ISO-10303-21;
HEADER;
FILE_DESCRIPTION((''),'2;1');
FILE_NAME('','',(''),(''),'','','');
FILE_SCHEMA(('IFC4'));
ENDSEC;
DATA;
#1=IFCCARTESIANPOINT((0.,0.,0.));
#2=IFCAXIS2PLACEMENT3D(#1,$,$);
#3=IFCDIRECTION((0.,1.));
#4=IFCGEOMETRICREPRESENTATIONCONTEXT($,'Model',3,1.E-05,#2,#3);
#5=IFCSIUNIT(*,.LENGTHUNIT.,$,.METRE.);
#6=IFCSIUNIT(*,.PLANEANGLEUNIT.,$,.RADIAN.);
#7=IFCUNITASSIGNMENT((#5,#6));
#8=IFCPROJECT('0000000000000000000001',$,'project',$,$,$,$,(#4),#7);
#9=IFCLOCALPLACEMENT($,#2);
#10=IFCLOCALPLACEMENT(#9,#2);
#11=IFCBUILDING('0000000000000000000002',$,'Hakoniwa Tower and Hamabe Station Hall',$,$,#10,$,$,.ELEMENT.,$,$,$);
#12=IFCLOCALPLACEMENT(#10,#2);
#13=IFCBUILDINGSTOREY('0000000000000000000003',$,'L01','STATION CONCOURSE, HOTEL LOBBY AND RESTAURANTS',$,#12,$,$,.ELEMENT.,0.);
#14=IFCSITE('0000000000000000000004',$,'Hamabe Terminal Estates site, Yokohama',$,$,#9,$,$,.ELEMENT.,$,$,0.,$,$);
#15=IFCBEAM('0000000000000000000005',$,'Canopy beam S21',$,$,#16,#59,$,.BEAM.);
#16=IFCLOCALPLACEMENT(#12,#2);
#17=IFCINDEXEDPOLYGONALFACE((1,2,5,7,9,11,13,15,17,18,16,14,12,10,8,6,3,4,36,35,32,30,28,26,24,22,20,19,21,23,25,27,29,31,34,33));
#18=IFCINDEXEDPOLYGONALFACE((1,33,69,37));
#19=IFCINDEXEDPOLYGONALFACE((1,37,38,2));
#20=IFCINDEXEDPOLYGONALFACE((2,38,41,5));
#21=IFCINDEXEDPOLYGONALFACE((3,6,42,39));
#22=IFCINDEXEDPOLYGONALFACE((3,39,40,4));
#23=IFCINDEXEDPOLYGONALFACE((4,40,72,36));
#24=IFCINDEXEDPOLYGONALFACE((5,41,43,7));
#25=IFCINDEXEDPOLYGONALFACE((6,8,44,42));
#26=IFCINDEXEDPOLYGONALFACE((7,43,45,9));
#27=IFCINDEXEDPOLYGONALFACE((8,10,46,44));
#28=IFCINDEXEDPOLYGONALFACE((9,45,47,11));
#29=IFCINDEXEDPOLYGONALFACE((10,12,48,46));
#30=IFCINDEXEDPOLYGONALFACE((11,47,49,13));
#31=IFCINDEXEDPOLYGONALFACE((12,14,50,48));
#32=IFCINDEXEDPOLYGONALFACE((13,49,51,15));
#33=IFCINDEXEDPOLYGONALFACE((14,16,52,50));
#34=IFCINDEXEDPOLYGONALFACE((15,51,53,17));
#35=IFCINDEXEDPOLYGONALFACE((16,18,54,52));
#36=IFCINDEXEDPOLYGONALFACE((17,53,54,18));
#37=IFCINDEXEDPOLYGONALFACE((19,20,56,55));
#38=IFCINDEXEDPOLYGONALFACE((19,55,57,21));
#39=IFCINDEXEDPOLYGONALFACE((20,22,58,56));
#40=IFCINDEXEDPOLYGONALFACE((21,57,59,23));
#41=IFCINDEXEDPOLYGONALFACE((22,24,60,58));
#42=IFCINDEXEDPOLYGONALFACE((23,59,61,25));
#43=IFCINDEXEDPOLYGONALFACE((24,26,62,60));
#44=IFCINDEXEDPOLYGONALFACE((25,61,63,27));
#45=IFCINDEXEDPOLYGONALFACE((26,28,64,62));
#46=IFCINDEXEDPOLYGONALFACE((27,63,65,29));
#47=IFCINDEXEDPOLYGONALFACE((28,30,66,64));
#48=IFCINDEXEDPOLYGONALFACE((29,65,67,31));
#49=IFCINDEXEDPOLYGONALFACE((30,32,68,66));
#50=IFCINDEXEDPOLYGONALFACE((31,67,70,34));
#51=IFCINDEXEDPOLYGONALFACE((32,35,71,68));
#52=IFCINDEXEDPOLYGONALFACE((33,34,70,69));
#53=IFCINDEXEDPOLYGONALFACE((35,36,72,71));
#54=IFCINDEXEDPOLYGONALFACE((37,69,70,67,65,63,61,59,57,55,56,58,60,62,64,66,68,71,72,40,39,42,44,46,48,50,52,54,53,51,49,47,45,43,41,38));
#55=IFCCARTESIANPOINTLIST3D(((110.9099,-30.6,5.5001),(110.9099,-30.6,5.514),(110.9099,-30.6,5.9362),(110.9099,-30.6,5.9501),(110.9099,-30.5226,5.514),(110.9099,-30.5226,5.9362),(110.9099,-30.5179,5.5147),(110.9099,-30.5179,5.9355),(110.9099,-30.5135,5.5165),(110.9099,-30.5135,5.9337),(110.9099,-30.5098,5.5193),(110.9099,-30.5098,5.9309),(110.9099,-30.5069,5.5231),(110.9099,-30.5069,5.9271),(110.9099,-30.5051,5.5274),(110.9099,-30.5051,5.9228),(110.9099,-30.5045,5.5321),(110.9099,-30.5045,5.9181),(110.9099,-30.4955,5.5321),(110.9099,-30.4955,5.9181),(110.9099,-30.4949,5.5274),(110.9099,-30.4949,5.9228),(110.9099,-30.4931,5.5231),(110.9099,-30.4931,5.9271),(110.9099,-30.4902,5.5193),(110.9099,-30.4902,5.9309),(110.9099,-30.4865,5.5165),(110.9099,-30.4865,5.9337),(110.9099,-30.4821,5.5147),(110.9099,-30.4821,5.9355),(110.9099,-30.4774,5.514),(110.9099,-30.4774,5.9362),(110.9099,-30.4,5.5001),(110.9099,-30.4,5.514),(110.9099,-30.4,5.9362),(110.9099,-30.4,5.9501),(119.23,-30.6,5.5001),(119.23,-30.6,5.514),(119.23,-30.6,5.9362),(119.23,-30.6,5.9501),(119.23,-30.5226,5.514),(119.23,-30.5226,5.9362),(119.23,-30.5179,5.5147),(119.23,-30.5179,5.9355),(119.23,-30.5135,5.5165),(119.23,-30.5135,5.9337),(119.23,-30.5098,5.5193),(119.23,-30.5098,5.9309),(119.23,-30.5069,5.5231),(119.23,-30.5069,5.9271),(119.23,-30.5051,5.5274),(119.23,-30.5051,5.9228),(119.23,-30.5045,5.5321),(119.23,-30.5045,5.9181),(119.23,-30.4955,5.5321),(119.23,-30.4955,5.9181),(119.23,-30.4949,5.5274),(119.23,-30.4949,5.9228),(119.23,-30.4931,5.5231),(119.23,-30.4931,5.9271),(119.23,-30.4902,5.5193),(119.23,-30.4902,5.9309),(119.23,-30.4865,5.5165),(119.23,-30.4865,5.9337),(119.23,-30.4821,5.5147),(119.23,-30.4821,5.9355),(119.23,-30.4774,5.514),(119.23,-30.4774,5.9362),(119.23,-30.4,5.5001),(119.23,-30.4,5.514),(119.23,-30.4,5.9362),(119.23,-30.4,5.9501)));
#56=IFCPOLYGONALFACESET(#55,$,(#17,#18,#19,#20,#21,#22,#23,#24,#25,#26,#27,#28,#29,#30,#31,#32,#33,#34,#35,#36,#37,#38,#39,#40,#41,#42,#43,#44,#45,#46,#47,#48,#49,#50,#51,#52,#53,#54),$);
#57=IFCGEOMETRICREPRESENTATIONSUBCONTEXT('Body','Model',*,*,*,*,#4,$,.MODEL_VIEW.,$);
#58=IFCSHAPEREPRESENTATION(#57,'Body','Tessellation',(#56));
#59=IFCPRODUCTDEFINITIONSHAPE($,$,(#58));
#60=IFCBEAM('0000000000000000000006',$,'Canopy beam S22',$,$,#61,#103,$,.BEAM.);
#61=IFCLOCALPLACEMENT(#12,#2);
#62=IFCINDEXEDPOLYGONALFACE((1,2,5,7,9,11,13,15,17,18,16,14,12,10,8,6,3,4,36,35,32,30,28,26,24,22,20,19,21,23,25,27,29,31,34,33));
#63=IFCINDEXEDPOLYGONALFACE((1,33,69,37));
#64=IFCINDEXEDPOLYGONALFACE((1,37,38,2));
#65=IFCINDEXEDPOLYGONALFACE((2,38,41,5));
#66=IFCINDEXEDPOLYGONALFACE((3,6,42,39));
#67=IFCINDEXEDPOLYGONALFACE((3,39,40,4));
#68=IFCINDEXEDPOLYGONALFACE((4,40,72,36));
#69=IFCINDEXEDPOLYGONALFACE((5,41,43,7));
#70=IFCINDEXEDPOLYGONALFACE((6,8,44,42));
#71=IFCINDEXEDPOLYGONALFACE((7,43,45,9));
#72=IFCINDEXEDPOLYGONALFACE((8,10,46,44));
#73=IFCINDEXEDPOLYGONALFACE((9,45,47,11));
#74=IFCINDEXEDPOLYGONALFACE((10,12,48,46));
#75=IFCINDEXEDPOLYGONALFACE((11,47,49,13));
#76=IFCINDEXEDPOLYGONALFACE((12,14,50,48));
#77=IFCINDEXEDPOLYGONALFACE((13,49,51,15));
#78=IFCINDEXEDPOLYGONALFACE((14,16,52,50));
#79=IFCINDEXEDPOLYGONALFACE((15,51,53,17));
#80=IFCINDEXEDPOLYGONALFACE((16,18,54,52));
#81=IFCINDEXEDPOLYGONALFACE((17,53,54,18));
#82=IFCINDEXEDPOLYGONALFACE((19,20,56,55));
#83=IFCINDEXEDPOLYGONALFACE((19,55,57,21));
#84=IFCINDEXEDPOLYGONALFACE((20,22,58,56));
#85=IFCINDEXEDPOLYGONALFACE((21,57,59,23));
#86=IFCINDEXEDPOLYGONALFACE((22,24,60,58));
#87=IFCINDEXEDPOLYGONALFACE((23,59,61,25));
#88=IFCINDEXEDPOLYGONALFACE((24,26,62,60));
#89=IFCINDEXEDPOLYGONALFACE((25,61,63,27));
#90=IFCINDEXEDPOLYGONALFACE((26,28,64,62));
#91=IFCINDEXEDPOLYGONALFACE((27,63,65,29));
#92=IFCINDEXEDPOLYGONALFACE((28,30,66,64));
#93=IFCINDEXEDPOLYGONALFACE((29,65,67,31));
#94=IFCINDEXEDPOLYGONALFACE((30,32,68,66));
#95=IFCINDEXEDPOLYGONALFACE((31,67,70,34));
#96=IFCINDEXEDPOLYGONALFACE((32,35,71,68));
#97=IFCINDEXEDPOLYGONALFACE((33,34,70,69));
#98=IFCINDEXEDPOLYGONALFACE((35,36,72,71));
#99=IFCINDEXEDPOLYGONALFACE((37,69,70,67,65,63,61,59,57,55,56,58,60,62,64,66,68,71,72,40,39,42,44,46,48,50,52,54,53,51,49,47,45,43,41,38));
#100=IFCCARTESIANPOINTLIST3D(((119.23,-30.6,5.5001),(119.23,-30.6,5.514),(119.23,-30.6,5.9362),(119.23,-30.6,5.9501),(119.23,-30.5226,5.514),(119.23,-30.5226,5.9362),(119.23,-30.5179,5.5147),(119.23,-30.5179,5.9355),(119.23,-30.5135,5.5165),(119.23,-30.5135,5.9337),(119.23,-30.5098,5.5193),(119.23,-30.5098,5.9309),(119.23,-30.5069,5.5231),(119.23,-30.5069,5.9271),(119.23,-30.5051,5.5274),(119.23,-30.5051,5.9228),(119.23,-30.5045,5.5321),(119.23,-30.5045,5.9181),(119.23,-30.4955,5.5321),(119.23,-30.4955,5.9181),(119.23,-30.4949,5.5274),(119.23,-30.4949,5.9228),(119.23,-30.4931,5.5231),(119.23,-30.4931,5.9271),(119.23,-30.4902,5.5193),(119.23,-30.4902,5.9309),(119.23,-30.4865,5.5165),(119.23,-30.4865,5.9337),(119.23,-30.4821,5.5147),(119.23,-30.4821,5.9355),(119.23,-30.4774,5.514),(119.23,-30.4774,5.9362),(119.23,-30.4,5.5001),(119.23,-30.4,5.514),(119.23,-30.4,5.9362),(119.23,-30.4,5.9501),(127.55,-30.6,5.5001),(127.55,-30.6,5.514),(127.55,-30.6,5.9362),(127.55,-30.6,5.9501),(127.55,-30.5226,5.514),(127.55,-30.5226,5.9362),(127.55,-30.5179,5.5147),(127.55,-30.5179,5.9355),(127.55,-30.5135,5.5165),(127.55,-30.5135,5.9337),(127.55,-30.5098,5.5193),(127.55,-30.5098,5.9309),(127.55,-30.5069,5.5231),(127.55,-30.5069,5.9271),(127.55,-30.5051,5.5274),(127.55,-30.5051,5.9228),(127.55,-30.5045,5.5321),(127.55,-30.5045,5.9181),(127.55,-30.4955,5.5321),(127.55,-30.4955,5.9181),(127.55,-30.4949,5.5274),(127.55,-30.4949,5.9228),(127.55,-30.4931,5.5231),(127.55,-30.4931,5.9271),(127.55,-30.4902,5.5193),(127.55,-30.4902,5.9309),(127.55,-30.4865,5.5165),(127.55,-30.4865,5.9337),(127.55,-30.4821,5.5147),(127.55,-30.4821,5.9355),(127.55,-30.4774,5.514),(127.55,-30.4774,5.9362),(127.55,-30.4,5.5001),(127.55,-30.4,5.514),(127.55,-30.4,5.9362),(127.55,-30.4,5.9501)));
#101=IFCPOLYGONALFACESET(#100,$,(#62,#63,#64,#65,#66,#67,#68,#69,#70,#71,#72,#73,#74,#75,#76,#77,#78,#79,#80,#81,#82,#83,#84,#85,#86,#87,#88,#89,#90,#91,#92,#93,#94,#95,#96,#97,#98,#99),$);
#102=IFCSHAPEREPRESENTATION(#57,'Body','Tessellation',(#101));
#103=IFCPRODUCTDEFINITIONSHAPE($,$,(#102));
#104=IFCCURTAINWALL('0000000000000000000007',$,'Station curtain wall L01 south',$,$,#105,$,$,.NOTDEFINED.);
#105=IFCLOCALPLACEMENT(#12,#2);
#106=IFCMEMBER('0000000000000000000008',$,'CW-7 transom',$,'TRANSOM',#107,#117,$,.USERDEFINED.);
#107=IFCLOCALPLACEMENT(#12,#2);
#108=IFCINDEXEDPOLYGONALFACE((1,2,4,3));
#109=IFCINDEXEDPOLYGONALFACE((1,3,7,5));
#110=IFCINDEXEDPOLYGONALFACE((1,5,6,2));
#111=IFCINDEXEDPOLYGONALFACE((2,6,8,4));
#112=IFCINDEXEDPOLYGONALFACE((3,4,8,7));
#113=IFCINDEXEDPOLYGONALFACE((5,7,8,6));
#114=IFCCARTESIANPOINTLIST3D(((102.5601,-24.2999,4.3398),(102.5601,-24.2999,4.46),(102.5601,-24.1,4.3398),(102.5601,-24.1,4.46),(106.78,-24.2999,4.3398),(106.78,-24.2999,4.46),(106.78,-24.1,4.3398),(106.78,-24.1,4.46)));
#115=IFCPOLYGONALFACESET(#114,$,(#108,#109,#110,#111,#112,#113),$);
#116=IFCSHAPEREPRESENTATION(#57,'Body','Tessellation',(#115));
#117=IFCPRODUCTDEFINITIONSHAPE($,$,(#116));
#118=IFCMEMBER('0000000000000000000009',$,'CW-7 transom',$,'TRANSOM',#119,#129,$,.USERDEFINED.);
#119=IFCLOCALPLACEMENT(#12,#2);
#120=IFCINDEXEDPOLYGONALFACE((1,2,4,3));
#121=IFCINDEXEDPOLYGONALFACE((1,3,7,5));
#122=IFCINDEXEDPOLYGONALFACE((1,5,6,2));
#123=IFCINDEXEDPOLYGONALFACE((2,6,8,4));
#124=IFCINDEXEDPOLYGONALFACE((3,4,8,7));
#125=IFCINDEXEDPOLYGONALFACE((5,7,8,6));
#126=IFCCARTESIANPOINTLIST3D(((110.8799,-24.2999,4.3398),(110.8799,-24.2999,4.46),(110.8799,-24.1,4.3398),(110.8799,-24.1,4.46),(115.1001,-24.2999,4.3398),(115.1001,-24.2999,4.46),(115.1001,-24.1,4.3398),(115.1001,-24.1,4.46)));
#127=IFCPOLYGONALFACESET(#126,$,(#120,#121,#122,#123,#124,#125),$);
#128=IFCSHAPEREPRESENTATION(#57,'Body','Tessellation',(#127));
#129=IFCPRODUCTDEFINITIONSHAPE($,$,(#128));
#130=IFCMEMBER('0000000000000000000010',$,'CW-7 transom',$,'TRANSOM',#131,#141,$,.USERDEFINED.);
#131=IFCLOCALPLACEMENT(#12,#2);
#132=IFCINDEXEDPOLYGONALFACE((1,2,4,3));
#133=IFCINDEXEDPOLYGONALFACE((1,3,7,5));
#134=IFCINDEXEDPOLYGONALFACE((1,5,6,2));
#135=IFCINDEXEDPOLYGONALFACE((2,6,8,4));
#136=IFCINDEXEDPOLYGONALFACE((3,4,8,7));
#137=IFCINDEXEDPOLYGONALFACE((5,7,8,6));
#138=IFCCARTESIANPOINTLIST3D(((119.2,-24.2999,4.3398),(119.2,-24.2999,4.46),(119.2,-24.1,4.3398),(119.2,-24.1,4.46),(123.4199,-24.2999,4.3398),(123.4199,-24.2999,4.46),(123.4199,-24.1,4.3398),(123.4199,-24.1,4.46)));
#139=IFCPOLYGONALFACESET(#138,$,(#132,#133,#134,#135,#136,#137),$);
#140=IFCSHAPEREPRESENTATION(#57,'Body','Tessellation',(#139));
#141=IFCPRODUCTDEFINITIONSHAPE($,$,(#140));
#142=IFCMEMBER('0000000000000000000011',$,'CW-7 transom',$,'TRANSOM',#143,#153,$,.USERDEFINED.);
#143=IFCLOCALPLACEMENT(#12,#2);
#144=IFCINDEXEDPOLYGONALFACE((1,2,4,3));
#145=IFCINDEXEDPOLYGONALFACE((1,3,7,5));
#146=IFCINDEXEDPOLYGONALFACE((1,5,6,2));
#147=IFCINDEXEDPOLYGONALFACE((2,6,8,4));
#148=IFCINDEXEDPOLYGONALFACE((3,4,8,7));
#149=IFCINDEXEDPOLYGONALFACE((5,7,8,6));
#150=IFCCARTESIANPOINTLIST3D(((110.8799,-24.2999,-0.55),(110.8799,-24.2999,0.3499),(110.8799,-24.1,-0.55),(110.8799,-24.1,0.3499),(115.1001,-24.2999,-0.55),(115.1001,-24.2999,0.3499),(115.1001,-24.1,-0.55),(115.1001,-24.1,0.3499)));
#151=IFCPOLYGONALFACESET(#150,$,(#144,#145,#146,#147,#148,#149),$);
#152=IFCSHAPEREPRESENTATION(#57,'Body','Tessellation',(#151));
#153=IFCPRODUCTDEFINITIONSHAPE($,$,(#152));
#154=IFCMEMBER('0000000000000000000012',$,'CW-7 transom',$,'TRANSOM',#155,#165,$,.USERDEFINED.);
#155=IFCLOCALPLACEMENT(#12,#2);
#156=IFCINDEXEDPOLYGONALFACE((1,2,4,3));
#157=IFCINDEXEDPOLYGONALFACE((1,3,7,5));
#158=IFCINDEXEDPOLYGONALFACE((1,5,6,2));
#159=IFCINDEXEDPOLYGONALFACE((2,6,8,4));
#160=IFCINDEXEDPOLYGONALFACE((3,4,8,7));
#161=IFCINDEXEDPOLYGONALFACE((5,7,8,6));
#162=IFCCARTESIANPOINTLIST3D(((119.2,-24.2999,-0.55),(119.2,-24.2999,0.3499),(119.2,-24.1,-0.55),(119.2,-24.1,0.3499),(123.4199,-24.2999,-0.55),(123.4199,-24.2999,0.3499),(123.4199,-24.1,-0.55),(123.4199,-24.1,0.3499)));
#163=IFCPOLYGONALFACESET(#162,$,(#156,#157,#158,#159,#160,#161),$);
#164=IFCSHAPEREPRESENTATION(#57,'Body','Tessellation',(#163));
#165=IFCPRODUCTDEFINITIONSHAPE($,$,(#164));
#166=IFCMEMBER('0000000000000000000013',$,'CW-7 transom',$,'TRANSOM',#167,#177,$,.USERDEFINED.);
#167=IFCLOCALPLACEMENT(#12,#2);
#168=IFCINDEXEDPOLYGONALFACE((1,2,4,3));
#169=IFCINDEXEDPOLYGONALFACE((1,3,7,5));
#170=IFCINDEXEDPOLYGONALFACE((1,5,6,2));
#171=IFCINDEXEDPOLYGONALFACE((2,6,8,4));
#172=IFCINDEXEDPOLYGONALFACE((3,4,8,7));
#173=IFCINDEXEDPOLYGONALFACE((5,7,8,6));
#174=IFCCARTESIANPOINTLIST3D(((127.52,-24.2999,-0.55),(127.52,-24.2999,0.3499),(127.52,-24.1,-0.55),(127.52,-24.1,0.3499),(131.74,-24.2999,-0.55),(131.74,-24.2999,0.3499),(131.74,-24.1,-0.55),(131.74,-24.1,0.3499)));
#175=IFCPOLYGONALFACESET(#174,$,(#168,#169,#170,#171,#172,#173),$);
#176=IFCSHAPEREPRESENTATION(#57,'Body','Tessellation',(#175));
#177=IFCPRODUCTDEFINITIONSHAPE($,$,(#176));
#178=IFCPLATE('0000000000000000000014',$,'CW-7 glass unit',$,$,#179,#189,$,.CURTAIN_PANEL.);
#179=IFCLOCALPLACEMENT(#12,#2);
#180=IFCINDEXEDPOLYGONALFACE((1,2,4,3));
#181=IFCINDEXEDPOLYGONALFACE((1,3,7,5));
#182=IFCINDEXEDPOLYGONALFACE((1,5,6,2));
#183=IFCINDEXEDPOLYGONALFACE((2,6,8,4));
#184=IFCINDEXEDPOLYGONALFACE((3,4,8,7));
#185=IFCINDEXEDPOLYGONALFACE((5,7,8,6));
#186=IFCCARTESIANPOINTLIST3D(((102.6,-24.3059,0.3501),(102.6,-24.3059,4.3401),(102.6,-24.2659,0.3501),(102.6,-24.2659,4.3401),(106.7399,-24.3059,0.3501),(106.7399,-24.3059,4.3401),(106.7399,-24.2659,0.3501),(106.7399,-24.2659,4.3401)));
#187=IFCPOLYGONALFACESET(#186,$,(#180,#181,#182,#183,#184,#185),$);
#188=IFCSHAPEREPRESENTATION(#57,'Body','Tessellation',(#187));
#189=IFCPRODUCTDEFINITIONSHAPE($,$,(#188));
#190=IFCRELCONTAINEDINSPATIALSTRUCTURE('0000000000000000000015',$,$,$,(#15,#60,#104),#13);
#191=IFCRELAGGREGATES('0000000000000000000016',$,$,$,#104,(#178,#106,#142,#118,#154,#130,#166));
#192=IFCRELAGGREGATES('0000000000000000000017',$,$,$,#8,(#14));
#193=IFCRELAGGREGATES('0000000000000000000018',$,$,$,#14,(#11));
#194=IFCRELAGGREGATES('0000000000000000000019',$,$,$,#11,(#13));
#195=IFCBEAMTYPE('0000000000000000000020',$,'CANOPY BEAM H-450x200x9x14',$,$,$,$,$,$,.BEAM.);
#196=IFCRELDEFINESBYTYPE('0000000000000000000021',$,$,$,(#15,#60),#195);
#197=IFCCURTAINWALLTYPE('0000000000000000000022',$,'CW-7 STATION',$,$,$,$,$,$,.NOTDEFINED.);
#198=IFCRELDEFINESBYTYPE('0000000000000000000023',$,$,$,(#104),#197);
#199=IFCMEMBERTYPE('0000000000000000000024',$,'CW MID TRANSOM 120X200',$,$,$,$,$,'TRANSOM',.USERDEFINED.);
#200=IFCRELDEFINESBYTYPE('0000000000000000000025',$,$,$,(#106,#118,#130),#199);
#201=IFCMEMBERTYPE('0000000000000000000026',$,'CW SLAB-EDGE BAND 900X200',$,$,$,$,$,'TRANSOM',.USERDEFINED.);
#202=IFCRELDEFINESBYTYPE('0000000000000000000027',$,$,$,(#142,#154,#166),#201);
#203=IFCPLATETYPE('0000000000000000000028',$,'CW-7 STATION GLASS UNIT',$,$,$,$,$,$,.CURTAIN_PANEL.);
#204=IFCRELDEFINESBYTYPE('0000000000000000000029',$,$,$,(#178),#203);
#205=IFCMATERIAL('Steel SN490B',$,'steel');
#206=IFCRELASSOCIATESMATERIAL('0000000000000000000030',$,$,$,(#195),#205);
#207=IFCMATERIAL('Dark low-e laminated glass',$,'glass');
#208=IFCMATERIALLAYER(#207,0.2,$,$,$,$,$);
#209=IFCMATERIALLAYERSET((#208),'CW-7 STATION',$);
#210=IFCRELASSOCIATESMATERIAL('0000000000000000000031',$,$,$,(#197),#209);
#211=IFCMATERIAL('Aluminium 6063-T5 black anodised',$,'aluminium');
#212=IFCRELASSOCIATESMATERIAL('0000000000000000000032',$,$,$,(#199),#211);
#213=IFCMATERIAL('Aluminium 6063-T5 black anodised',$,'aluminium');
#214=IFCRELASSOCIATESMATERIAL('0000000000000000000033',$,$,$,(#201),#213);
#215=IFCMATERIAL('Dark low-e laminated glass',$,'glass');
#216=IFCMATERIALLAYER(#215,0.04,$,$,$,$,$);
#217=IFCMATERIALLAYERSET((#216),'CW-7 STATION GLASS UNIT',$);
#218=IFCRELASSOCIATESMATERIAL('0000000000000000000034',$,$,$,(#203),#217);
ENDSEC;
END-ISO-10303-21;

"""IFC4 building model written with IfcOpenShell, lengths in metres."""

from ifc_helpers import new_model, si_unit, direction, frame, origin, origin_2d, place, context, subcontext, project, spatial, rectangle, i_section, extrude, material, layer, layer_set, material_profile, profile_set, type_object, element, aggregate, save


model = new_model("IFC4")

# Units and contexts
model_context = context("Model", 3, precision=1e-05, world=origin(), true_north=direction((0.0, 1.0)))
body_context = subcontext(model_context, "Body", "Model", "MODEL_VIEW")
ifc_project = project(units=[si_unit("LENGTHUNIT", "METRE"), si_unit("PLANEANGLEUNIT", "RADIAN")], contexts=[model_context])

# Site, building, storey
site_placement = place(None, origin())
site = spatial("IfcSite", under=ifc_project, at=site_placement, Name="Hamabe Terminal Estates site, Yokohama", CompositionType="ELEMENT", RefElevation=0.0)
building_placement = place(site_placement, origin())
building = spatial("IfcBuilding", under=site, at=building_placement, Name="Hakoniwa Tower and Hamabe Station Hall", CompositionType="ELEMENT")
storey_placement = place(building_placement, origin())
storey = spatial("IfcBuildingStorey", under=building, at=storey_placement, Name="L01", Description="STATION CONCOURSE, HOTEL LOBBY AND RESTAURANTS", CompositionType="ELEMENT", Elevation=0.0)

# Beams
ifc_material_1 = material(Name="Steel SN490B", Category="steel")
ifc_material_profile_1 = material_profile(ifc_material_1, i_section(OverallWidth=0.2, OverallDepth=0.45, WebThickness=0.009, FlangeThickness=0.0139, FilletRadius=0.0181, at=origin_2d()), Name="H-450x200x9x14")
ifc_profile_set_1 = profile_set([ifc_material_profile_1], Name="Steel SN490B")
beam_type = type_object("IfcBeamType", Name="CANOPY BEAM H-450x200x9x14", PredefinedType="BEAM", material=ifc_profile_set_1)
for number, where, z_axis, x_axis, name in (
    (1, (110.9099, -30.5, 5.7251), (1.0, 0.0, 0.0), (0.0, 1.0, 0.0), "Canopy beam S21"),
    (2, (119.23, -30.5, 5.7251), (1.0, 0.0, 0.0), (0.0, 1.0, 0.0), "Canopy beam S22"),
):
    element("IfcBeam", number, at=place(storey_placement, frame(where, z_axis=z_axis, x_axis=x_axis)), inside=storey, type_object=beam_type, Name=name, PredefinedType="BEAM", context=body_context, shape_type="SweptSolid", body=[
        extrude(i_section(OverallWidth=0.2, OverallDepth=0.45, WebThickness=0.009, FlangeThickness=0.0139, FilletRadius=0.0181, at=origin_2d()), origin(), (0.0, 0.0, 1.0), 8.3201),
    ])

# Curtain wall, members, plate
ifc_material_2 = material(Name="Dark low-e laminated glass", Category="glass")
ifc_layer_1 = layer(ifc_material_2, 0.2)
ifc_layer_set_1 = layer_set([ifc_layer_1], Name="CW-7 STATION")
curtain_wall_type = type_object("IfcCurtainWallType", Name="CW-7 STATION", PredefinedType="NOTDEFINED", material=ifc_layer_set_1)
curtain_wall_placement = place(storey_placement, origin())
curtain_wall = element("IfcCurtainWall", 3, at=curtain_wall_placement, inside=storey, type_object=curtain_wall_type, Name="Station curtain wall L01 south", PredefinedType="NOTDEFINED")
ifc_material_3 = material(Name="Aluminium 6063-T5 black anodised", Category="aluminium")
ifc_material_profile_2 = material_profile(ifc_material_3, rectangle(XDim=0.2, YDim=0.1201, at=origin_2d()), Name="CW MID TRANSOM 120X200")
ifc_profile_set_2 = profile_set([ifc_material_profile_2], Name="Aluminium 6063-T5 black anodised")
member_type_1 = type_object("IfcMemberType", Name="CW MID TRANSOM 120X200", ElementType="TRANSOM", PredefinedType="USERDEFINED", material=ifc_profile_set_2)
member_1_placement = place(storey_placement, frame((102.5601, -24.2, 4.3999), z_axis=(1.0, 0.0, 0.0), x_axis=(0.0, 1.0, 0.0)))
member_1 = element("IfcMember", 4, at=member_1_placement, type_object=member_type_1, Name="CW-7 transom", ObjectType="TRANSOM", PredefinedType="USERDEFINED", context=body_context, shape_type="SweptSolid", body=[
    extrude(rectangle(XDim=0.2, YDim=0.1201, at=origin_2d()), origin(), (0.0, 0.0, 1.0), 4.22),
])
member_2_placement = place(storey_placement, frame((110.8799, -24.2, 4.3999), z_axis=(1.0, 0.0, 0.0), x_axis=(0.0, 1.0, 0.0)))
member_2 = element("IfcMember", 5, at=member_2_placement, type_object=member_type_1, Name="CW-7 transom", ObjectType="TRANSOM", PredefinedType="USERDEFINED", context=body_context, shape_type="SweptSolid", body=[
    extrude(rectangle(XDim=0.2, YDim=0.1201, at=origin_2d()), origin(), (0.0, 0.0, 1.0), 4.2202),
])
member_3_placement = place(storey_placement, frame((119.2, -24.2, 4.3999), z_axis=(1.0, 0.0, 0.0), x_axis=(0.0, 1.0, 0.0)))
member_3 = element("IfcMember", 6, at=member_3_placement, type_object=member_type_1, Name="CW-7 transom", ObjectType="TRANSOM", PredefinedType="USERDEFINED", context=body_context, shape_type="SweptSolid", body=[
    extrude(rectangle(XDim=0.2, YDim=0.1201, at=origin_2d()), origin(), (0.0, 0.0, 1.0), 4.22),
])
ifc_material_4 = material(Name="Aluminium 6063-T5 black anodised", Category="aluminium")
ifc_material_profile_3 = material_profile(ifc_material_4, rectangle(XDim=0.2, YDim=0.8999, at=origin_2d()), Name="CW SLAB-EDGE BAND 900X200")
ifc_profile_set_3 = profile_set([ifc_material_profile_3], Name="Aluminium 6063-T5 black anodised")
member_type_2 = type_object("IfcMemberType", Name="CW SLAB-EDGE BAND 900X200", ElementType="TRANSOM", PredefinedType="USERDEFINED", material=ifc_profile_set_3)
member_4_placement = place(storey_placement, frame((110.8799, -24.2, -0.1001), z_axis=(1.0, 0.0, 0.0), x_axis=(0.0, 1.0, 0.0)))
member_4 = element("IfcMember", 7, at=member_4_placement, type_object=member_type_2, Name="CW-7 transom", ObjectType="TRANSOM", PredefinedType="USERDEFINED", context=body_context, shape_type="SweptSolid", body=[
    extrude(rectangle(XDim=0.2, YDim=0.8999, at=origin_2d()), origin(), (0.0, 0.0, 1.0), 4.2202),
])
member_5_placement = place(storey_placement, frame((119.2, -24.2, -0.1001), z_axis=(1.0, 0.0, 0.0), x_axis=(0.0, 1.0, 0.0)))
member_5 = element("IfcMember", 8, at=member_5_placement, type_object=member_type_2, Name="CW-7 transom", ObjectType="TRANSOM", PredefinedType="USERDEFINED", context=body_context, shape_type="SweptSolid", body=[
    extrude(rectangle(XDim=0.2, YDim=0.8999, at=origin_2d()), origin(), (0.0, 0.0, 1.0), 4.22),
])
member_6_placement = place(storey_placement, frame((127.52, -24.2, -0.1001), z_axis=(1.0, 0.0, 0.0), x_axis=(0.0, 1.0, 0.0)))
member_6 = element("IfcMember", 9, at=member_6_placement, type_object=member_type_2, Name="CW-7 transom", ObjectType="TRANSOM", PredefinedType="USERDEFINED", context=body_context, shape_type="SweptSolid", body=[
    extrude(rectangle(XDim=0.2, YDim=0.8999, at=origin_2d()), origin(), (0.0, 0.0, 1.0), 4.22),
])
ifc_material_5 = material(Name="Dark low-e laminated glass", Category="glass")
ifc_layer_2 = layer(ifc_material_5, 0.04)
ifc_layer_set_2 = layer_set([ifc_layer_2], Name="CW-7 STATION GLASS UNIT")
plate_type = type_object("IfcPlateType", Name="CW-7 STATION GLASS UNIT", PredefinedType="CURTAIN_PANEL", material=ifc_layer_set_2)
plate_1_placement = place(storey_placement, frame((104.6699, -24.2859, 0.3501), z_axis=(0.0, 0.0, 1.0), x_axis=(1.0, 0.0, 0.0)))
plate_1 = element("IfcPlate", 10, at=plate_1_placement, type_object=plate_type, Name="CW-7 glass unit", PredefinedType="CURTAIN_PANEL", context=body_context, shape_type="SweptSolid", body=[
    extrude(rectangle(XDim=4.1399, YDim=0.04, at=origin_2d()), origin(), (0.0, 0.0, 1.0), 3.99),
])
aggregate(curtain_wall, [plate_1, member_1, member_4, member_2, member_5, member_3, member_6])

save(model, "model.ifc")
